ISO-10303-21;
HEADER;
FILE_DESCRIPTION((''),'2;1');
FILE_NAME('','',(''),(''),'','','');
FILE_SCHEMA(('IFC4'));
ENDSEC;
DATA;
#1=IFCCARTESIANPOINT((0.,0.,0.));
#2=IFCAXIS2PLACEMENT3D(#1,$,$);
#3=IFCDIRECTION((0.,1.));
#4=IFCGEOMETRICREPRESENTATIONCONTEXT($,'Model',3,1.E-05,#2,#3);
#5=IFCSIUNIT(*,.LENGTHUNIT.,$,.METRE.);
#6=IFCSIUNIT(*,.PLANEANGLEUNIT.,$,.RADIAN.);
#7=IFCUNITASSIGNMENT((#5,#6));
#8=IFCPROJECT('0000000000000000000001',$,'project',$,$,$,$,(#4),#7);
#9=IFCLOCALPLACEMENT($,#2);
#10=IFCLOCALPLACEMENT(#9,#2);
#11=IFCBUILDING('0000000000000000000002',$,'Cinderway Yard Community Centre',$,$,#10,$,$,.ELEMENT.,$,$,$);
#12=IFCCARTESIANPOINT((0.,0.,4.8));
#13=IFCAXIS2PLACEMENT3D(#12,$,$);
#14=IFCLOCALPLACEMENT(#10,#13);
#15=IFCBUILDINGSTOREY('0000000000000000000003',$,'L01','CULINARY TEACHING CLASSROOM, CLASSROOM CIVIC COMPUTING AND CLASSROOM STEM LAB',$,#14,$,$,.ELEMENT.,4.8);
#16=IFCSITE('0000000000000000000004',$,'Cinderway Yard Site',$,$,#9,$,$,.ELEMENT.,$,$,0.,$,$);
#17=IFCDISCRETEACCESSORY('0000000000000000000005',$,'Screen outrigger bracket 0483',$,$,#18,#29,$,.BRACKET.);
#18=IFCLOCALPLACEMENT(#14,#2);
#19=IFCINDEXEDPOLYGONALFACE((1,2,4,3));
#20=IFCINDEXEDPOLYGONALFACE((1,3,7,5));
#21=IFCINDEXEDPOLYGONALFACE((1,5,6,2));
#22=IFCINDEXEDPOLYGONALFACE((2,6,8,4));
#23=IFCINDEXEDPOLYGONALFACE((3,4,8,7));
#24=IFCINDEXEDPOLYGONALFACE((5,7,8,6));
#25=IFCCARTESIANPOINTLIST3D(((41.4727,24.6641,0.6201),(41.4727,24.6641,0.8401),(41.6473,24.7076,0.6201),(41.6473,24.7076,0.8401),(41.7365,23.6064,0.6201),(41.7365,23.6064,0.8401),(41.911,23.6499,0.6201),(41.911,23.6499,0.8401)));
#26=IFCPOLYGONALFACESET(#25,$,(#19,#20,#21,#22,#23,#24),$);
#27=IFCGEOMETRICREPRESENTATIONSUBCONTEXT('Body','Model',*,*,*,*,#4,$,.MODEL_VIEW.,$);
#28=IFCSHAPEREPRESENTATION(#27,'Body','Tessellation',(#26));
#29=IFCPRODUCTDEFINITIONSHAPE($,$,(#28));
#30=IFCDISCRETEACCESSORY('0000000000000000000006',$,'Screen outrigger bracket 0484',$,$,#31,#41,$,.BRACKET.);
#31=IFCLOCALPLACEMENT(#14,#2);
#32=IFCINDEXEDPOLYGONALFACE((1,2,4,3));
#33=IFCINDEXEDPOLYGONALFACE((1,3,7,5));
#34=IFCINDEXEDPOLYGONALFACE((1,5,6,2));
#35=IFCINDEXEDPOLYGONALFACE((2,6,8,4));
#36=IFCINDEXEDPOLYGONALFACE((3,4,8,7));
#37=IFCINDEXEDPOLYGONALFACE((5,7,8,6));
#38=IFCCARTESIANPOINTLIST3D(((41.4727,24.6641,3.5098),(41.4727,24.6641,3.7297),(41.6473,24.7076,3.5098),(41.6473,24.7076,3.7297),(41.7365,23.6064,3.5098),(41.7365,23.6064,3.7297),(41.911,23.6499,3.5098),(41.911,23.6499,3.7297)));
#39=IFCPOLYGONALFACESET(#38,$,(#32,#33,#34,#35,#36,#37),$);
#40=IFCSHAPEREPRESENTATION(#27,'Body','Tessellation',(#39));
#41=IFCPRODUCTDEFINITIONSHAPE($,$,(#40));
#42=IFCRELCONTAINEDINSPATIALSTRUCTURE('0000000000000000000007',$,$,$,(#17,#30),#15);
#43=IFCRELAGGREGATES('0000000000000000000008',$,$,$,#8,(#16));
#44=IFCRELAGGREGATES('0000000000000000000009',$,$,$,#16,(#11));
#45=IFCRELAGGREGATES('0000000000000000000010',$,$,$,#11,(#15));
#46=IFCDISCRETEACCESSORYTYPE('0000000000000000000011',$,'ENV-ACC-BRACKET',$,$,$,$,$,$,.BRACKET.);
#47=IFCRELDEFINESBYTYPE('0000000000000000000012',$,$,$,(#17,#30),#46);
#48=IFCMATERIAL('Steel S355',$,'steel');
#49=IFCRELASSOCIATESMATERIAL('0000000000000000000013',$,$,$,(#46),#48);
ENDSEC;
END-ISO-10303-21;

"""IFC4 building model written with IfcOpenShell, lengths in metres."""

from ifc_helpers import new_model, si_unit, direction, frame, origin, origin_2d, place, context, subcontext, project, spatial, rectangle, extrude, material, type_object, element, save


model = new_model("IFC4")

# Units and contexts
model_context = context("Model", 3, precision=1e-05, world=origin(), true_north=direction((0.0, 1.0)))
body_context = subcontext(model_context, "Body", "Model", "MODEL_VIEW")
ifc_project = project(units=[si_unit("LENGTHUNIT", "METRE"), si_unit("PLANEANGLEUNIT", "RADIAN")], contexts=[model_context])

# Site, building, storey
site_placement = place(None, origin())
site = spatial("IfcSite", under=ifc_project, at=site_placement, Name="Cinderway Yard Site", CompositionType="ELEMENT", RefElevation=0.0)
building_placement = place(site_placement, origin())
building = spatial("IfcBuilding", under=site, at=building_placement, Name="Cinderway Yard Community Centre", CompositionType="ELEMENT")
storey_placement = place(building_placement, frame((0.0, 0.0, 4.8)))
storey = spatial("IfcBuildingStorey", under=building, at=storey_placement, Name="L01", Description="CULINARY TEACHING CLASSROOM, CLASSROOM CIVIC COMPUTING AND CLASSROOM STEM LAB", CompositionType="ELEMENT", Elevation=4.8)

# Shared definitions
ifc_material_1 = material(Name="Steel S355", Category="steel")

# Discrete accessories
discrete_accessory_type = type_object("IfcDiscreteAccessoryType", Name="ENV-ACC-BRACKET", PredefinedType="BRACKET", material=ifc_material_1)
for number, where, z_axis, x_axis, name in (
    (1, (41.6919, 24.157, 0.6201), (0.0, 0.0, 1.0), (0.241922, -0.970296, 0.0), "Screen outrigger bracket 0483"),
    (2, (41.6919, 24.157, 3.5098), (0.0, 0.0, 1.0), (0.241922, -0.970296, 0.0), "Screen outrigger bracket 0484"),
):
    element("IfcDiscreteAccessory", number, at=place(storey_placement, frame(where, z_axis=z_axis, x_axis=x_axis)), inside=storey, type_object=discrete_accessory_type, Name=name, PredefinedType="BRACKET", context=body_context, shape_type="SweptSolid", body=[
        extrude(rectangle(XDim=1.0901, YDim=0.1799, at=origin_2d()), origin(), (0.0, 0.0, 1.0), 0.22),
    ])

save(model, "model.ifc")
